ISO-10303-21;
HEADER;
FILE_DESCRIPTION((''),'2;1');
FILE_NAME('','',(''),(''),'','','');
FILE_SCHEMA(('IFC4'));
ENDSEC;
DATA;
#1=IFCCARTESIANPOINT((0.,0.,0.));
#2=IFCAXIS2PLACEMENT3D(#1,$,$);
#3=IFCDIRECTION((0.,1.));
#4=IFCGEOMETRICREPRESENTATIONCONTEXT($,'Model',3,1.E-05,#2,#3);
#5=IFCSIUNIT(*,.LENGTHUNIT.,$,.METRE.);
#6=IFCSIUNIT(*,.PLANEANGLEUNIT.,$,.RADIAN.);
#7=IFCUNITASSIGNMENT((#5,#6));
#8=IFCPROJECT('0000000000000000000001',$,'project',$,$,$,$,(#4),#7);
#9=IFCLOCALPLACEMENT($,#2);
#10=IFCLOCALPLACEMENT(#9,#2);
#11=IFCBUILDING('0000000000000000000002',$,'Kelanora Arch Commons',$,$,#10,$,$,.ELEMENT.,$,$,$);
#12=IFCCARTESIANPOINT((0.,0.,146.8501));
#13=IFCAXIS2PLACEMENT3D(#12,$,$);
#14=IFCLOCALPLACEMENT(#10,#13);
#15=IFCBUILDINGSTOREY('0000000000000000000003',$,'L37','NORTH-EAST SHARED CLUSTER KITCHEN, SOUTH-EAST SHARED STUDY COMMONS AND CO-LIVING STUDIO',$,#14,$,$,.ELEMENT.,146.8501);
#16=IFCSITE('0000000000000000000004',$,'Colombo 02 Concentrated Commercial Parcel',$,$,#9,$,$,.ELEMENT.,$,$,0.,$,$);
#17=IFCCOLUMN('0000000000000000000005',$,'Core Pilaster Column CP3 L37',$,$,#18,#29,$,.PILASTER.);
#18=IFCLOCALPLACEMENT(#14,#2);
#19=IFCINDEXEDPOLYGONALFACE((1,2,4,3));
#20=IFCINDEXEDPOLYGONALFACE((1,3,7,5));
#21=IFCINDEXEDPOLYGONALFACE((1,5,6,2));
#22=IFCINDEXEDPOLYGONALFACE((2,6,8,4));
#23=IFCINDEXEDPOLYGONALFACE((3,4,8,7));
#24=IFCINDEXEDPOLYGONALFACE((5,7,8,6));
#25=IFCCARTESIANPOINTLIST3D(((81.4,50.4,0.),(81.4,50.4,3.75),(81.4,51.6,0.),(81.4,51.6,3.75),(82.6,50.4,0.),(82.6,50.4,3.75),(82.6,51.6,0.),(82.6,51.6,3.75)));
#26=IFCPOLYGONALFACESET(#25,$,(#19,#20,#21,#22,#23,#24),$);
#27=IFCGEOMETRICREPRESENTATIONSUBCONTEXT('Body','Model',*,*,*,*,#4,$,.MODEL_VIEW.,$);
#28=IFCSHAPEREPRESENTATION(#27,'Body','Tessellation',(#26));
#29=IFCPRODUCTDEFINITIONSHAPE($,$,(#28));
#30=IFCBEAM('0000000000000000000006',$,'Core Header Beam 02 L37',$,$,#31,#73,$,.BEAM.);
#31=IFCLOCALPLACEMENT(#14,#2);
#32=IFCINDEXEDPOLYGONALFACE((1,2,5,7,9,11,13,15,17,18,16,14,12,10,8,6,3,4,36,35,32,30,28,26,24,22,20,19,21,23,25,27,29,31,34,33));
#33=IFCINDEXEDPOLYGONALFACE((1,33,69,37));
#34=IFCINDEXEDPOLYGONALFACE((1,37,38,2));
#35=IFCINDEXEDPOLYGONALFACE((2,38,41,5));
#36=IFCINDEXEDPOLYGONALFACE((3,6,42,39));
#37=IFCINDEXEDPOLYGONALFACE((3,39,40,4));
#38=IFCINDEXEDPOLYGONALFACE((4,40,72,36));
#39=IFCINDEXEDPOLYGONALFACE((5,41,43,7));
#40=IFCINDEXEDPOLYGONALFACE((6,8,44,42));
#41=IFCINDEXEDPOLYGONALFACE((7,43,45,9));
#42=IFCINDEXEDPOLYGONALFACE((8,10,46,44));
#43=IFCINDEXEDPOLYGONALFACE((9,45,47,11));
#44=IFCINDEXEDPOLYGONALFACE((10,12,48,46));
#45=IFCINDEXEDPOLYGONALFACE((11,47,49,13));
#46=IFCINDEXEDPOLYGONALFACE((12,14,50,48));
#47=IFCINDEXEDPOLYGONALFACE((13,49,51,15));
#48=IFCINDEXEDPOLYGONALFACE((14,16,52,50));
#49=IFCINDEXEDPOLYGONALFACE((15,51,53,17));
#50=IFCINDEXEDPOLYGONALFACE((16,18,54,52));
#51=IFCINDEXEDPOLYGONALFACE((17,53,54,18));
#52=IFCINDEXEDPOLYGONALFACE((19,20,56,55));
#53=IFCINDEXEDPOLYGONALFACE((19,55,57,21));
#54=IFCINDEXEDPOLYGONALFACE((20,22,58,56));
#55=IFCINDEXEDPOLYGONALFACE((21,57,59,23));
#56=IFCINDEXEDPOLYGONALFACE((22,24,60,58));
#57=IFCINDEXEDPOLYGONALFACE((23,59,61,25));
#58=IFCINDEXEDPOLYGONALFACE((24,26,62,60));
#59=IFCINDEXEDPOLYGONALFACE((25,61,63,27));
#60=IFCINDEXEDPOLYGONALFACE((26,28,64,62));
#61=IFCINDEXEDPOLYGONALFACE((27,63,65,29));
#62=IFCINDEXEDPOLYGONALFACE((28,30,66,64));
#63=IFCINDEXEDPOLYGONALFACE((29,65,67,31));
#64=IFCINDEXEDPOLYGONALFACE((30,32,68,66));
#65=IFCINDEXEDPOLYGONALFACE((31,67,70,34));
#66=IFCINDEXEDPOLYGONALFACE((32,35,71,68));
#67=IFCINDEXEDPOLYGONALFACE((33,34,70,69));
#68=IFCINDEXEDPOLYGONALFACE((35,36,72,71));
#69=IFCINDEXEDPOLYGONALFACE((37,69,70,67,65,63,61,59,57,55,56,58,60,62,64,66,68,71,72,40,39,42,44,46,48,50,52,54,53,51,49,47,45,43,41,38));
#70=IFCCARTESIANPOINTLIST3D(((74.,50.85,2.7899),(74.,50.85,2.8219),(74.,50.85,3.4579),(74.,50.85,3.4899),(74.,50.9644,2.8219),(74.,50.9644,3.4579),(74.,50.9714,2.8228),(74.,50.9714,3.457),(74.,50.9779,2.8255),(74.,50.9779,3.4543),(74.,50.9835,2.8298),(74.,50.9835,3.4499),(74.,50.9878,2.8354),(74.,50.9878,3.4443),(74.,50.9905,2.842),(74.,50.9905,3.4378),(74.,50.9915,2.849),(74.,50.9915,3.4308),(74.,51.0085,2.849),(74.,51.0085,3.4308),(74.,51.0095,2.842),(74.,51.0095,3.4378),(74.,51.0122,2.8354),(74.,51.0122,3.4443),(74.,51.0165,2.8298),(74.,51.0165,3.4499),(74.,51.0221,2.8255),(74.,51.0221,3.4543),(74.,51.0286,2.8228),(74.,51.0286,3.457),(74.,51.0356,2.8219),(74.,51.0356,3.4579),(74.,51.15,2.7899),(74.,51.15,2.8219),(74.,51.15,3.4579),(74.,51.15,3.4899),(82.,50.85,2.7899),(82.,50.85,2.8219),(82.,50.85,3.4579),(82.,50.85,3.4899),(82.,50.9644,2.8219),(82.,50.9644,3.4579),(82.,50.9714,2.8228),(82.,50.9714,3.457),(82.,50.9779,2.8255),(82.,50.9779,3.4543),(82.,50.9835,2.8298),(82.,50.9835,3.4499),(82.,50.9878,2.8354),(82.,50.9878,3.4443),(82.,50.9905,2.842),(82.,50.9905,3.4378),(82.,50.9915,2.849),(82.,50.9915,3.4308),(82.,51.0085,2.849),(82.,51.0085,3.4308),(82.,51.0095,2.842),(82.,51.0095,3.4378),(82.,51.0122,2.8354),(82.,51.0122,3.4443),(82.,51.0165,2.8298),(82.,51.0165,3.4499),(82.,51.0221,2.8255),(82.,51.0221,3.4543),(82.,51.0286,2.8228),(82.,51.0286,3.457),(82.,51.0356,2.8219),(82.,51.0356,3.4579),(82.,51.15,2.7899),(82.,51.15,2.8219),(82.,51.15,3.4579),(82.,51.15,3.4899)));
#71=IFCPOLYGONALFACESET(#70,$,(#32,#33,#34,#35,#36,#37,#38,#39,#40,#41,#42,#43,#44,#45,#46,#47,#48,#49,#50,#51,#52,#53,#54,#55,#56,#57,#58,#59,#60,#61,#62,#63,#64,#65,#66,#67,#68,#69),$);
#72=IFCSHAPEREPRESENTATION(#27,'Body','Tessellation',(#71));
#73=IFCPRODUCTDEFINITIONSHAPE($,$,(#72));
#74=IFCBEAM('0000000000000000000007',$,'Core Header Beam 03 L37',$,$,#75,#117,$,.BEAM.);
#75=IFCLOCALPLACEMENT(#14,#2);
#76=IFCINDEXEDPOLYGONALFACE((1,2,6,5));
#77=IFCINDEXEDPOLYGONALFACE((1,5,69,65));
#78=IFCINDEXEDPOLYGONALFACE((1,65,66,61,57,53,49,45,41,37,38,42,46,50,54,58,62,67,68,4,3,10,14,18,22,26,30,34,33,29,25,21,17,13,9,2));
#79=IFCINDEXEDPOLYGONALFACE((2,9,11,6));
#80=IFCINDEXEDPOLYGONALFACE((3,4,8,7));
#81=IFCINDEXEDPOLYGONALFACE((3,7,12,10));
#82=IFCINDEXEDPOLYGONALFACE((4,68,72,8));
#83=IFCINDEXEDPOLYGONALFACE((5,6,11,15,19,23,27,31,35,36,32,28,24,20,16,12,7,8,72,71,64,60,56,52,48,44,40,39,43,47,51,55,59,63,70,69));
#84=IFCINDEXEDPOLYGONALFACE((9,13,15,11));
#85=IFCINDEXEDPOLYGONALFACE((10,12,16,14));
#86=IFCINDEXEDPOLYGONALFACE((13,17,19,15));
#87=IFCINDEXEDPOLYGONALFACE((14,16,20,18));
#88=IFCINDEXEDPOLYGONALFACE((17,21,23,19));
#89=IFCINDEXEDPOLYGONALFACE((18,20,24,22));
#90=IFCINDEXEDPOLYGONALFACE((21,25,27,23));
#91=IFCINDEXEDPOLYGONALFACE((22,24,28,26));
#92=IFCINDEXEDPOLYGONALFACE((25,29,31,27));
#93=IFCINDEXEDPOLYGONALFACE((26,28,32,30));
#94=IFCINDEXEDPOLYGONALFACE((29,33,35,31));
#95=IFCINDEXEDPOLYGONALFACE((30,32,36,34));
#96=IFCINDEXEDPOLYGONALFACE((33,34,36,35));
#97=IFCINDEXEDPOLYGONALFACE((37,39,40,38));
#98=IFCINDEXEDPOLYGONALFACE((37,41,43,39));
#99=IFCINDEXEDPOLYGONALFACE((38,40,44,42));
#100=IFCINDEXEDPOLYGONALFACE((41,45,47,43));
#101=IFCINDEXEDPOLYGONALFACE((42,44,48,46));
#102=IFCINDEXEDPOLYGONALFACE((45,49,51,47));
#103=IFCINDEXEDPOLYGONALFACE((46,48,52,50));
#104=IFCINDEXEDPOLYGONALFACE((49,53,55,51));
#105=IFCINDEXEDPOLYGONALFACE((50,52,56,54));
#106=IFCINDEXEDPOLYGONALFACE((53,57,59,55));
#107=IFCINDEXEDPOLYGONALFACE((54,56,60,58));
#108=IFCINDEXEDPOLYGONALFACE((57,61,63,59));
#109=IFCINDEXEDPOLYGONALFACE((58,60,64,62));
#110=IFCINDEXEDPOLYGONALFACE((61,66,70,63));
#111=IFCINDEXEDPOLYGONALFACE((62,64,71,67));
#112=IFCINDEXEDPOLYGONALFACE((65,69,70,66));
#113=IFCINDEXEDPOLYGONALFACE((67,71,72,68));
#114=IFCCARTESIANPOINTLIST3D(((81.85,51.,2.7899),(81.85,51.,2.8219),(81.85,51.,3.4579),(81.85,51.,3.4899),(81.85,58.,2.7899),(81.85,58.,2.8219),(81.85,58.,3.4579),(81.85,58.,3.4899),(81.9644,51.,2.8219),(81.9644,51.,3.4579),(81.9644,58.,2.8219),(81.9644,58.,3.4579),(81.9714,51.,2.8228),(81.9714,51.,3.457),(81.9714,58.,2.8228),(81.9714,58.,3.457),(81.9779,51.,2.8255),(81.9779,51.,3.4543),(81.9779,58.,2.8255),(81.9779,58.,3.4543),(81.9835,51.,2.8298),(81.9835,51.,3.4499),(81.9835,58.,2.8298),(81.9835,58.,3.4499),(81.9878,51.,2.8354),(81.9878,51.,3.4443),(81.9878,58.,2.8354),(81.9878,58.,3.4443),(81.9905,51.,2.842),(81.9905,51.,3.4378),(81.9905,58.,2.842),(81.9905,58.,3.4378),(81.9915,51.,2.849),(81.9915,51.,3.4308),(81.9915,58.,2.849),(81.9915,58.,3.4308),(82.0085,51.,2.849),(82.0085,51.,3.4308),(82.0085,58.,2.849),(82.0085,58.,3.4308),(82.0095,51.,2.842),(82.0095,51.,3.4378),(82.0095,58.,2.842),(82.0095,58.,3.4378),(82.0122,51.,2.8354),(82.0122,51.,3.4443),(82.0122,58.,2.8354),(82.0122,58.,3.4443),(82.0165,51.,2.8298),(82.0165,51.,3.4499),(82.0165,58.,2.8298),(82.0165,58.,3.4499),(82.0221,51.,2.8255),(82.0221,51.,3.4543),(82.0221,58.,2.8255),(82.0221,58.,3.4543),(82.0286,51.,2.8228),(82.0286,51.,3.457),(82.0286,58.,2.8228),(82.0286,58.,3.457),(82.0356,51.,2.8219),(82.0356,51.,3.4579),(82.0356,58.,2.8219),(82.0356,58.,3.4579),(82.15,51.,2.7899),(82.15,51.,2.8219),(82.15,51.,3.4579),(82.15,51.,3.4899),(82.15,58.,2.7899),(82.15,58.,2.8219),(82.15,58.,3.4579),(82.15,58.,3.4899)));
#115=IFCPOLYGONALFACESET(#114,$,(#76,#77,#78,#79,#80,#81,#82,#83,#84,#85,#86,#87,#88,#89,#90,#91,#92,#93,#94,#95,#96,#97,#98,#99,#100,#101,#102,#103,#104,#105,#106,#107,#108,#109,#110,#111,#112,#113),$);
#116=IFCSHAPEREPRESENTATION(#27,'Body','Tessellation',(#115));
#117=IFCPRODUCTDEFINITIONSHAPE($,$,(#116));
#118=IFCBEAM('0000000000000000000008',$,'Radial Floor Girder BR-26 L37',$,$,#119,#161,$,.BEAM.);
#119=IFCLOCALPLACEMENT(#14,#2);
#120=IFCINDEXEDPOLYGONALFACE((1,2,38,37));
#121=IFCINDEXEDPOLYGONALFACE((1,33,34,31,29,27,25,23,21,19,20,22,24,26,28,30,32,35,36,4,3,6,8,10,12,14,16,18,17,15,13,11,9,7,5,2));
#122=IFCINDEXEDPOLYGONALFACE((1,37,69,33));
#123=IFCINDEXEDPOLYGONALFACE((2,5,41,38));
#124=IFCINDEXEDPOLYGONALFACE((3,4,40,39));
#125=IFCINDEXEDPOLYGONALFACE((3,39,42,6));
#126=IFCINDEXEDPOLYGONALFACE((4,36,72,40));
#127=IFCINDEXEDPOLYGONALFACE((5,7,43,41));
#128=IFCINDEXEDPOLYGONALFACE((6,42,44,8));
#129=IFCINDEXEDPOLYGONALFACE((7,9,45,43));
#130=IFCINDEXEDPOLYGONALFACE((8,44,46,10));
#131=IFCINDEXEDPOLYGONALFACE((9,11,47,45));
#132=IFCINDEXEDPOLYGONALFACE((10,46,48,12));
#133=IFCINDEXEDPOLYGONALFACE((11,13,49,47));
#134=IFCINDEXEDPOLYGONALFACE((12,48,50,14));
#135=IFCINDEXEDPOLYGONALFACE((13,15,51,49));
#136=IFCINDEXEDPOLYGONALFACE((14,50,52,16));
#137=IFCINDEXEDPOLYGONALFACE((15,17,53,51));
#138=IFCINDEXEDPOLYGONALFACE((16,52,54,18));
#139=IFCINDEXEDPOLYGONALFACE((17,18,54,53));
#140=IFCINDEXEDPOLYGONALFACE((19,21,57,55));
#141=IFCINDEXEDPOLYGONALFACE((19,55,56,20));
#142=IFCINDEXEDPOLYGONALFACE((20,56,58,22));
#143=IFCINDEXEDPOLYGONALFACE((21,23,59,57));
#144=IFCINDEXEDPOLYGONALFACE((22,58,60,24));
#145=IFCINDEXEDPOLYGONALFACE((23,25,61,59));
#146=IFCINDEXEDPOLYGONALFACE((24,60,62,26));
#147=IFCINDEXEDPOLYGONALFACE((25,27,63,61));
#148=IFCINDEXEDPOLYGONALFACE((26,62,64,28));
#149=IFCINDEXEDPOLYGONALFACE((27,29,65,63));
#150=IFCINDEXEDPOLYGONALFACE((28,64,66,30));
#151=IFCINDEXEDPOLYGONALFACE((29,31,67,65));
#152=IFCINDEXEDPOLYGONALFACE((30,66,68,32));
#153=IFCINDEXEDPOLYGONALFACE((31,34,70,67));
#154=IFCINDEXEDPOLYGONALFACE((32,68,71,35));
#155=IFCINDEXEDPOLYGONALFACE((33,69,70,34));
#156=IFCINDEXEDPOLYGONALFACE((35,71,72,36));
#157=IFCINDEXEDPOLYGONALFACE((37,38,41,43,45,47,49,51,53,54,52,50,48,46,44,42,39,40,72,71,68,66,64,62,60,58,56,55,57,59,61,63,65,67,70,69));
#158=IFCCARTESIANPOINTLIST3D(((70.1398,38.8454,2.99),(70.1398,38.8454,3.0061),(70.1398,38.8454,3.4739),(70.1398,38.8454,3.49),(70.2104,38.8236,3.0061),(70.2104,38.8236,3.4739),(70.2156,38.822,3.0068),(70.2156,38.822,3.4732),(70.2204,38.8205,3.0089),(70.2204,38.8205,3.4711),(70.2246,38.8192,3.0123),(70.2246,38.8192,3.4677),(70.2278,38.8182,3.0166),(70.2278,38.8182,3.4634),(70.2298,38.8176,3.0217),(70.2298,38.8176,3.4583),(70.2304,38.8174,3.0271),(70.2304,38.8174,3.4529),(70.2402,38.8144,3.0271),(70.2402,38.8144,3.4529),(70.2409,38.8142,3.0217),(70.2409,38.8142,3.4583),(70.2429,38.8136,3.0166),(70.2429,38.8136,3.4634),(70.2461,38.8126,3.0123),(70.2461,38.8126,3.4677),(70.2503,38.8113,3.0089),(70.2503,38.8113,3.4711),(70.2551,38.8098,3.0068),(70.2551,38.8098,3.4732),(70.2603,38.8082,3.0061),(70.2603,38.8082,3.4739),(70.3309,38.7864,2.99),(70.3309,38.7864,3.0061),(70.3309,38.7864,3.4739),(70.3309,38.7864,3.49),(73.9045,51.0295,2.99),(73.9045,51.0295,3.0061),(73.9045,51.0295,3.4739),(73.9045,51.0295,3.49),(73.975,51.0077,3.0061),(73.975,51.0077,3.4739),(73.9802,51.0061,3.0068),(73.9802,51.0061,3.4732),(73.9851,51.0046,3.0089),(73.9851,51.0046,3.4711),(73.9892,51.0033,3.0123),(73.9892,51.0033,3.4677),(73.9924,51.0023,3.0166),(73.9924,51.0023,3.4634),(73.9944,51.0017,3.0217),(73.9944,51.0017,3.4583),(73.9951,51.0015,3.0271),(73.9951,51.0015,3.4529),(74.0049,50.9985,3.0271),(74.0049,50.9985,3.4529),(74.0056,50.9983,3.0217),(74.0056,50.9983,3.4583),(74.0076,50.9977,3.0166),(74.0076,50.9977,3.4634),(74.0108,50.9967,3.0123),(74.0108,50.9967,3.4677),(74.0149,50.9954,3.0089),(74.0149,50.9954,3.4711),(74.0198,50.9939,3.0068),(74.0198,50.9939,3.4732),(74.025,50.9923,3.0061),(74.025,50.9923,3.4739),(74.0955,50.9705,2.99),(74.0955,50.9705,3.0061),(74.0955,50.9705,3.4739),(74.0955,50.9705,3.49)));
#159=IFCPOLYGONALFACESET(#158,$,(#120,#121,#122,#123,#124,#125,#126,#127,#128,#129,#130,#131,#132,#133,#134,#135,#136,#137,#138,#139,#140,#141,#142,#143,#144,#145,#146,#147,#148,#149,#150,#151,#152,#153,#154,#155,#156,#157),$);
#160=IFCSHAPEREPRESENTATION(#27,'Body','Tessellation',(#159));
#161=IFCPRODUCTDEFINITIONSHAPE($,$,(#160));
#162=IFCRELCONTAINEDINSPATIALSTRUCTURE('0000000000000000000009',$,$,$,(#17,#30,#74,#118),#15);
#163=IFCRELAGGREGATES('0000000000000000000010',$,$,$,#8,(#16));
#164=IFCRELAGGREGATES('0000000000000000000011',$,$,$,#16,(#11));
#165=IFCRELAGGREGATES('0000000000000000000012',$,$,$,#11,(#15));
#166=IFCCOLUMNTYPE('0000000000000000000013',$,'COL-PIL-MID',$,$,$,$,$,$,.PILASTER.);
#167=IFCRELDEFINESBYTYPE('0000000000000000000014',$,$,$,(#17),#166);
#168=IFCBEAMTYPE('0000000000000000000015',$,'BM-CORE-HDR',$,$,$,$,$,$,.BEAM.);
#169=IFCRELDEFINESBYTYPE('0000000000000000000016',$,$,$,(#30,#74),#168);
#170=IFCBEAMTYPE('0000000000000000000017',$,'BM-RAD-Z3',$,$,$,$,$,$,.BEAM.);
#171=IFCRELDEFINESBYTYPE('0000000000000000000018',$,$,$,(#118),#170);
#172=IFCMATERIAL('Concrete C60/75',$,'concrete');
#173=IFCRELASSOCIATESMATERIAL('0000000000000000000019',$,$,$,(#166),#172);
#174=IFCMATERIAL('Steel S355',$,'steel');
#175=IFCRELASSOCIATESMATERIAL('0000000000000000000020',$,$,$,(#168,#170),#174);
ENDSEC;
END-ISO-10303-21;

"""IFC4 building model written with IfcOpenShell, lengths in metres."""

from ifc_helpers import new_model, si_unit, direction, frame, origin, origin_2d, place, context, subcontext, project, spatial, rectangle, i_section, extrude, material, material_profile, profile_set, type_object, element, save


model = new_model("IFC4")

# Units and contexts
model_context = context("Model", 3, precision=1e-05, world=origin(), true_north=direction((0.0, 1.0)))
body_context = subcontext(model_context, "Body", "Model", "MODEL_VIEW")
ifc_project = project(units=[si_unit("LENGTHUNIT", "METRE"), si_unit("PLANEANGLEUNIT", "RADIAN")], contexts=[model_context])

# Site, building, storey
site_placement = place(None, origin())
site = spatial("IfcSite", under=ifc_project, at=site_placement, Name="Colombo 02 Concentrated Commercial Parcel", CompositionType="ELEMENT", RefElevation=0.0)
building_placement = place(site_placement, origin())
building = spatial("IfcBuilding", under=site, at=building_placement, Name="Kelanora Arch Commons", CompositionType="ELEMENT")
storey_placement = place(building_placement, frame((0.0, 0.0, 146.8501)))
storey = spatial("IfcBuildingStorey", under=building, at=storey_placement, Name="L37", Description="NORTH-EAST SHARED CLUSTER KITCHEN, SOUTH-EAST SHARED STUDY COMMONS AND CO-LIVING STUDIO", CompositionType="ELEMENT", Elevation=146.8501)

# Column
ifc_material_1 = material(Name="Concrete C60/75", Category="concrete")
ifc_material_profile_1 = material_profile(ifc_material_1, rectangle(XDim=1.2, YDim=1.2, at=origin_2d()), Name="RC1200x1200")
ifc_profile_set_1 = profile_set([ifc_material_profile_1], Name="Concrete C60/75")
column_type = type_object("IfcColumnType", Name="COL-PIL-MID", PredefinedType="PILASTER", material=ifc_profile_set_1)
column_placement = place(storey_placement, frame((82.0, 51.0, 0.0), z_axis=(0.0, 0.0, 1.0), x_axis=(1.0, 0.0, 0.0)))
element("IfcColumn", 1, at=column_placement, inside=storey, type_object=column_type, Name="Core Pilaster Column CP3 L37", PredefinedType="PILASTER", context=body_context, shape_type="SweptSolid", body=[
    extrude(rectangle(XDim=1.2, YDim=1.2, at=origin_2d()), origin(), (0.0, 0.0, 1.0), 3.75),
])

# Beams
ifc_material_2 = material(Name="Steel S355", Category="steel")
ifc_material_profile_2 = material_profile(ifc_material_2, i_section(OverallWidth=0.3, OverallDepth=0.7, WebThickness=0.0171, FlangeThickness=0.032, FilletRadius=0.0271, at=origin_2d()), Name="HEB700")
ifc_profile_set_2 = profile_set([ifc_material_profile_2], Name="Steel S355")
beam_type_1 = type_object("IfcBeamType", Name="BM-CORE-HDR", PredefinedType="BEAM", material=ifc_profile_set_2)
beam_1_placement = place(storey_placement, frame((74.0, 51.0, 3.1399), z_axis=(1.0, 0.0, 0.0), x_axis=(0.0, 1.0, 0.0)))
element("IfcBeam", 2, at=beam_1_placement, inside=storey, type_object=beam_type_1, Name="Core Header Beam 02 L37", PredefinedType="BEAM", context=body_context, shape_type="SweptSolid", body=[
    extrude(i_section(OverallWidth=0.3, OverallDepth=0.7, WebThickness=0.0171, FlangeThickness=0.032, FilletRadius=0.0271, at=origin_2d()), origin(), (0.0, 0.0, 1.0), 8.0),
])
beam_2_placement = place(storey_placement, frame((82.0, 51.0, 3.1399), z_axis=(0.0, 1.0, 0.0), x_axis=(-1.0, 0.0, 0.0)))
element("IfcBeam", 3, at=beam_2_placement, inside=storey, type_object=beam_type_1, Name="Core Header Beam 03 L37", PredefinedType="BEAM", context=body_context, shape_type="SweptSolid", body=[
    extrude(i_section(OverallWidth=0.3, OverallDepth=0.7, WebThickness=0.0171, FlangeThickness=0.032, FilletRadius=0.0271, at=origin_2d()), origin(), (0.0, 0.0, 1.0), 7.0),
])
ifc_material_profile_3 = material_profile(ifc_material_2, i_section(OverallWidth=0.2, OverallDepth=0.5, WebThickness=0.0103, FlangeThickness=0.0161, FilletRadius=0.021, at=origin_2d()), Name="IPE500")
ifc_profile_set_3 = profile_set([ifc_material_profile_3], Name="Steel S355")
beam_type_2 = type_object("IfcBeamType", Name="BM-RAD-Z3", PredefinedType="BEAM", material=ifc_profile_set_3)
for number, where, z_axis, x_axis, name in (
    (4, (74.0, 51.0, 3.24), (-0.29521, -0.955432, 0.0), (0.955432, -0.29521, 0.0), "Radial Floor Girder BR-26 L37"),
):
    element("IfcBeam", number, at=place(storey_placement, frame(where, z_axis=z_axis, x_axis=x_axis)), inside=storey, type_object=beam_type_2, Name=name, PredefinedType="BEAM", context=body_context, shape_type="SweptSolid", body=[
        extrude(i_section(OverallWidth=0.2, OverallDepth=0.5, WebThickness=0.0103, FlangeThickness=0.0161, FilletRadius=0.021, at=origin_2d()), origin(), (0.0, 0.0, 1.0), 12.7524),
    ])

save(model, "model.ifc")
